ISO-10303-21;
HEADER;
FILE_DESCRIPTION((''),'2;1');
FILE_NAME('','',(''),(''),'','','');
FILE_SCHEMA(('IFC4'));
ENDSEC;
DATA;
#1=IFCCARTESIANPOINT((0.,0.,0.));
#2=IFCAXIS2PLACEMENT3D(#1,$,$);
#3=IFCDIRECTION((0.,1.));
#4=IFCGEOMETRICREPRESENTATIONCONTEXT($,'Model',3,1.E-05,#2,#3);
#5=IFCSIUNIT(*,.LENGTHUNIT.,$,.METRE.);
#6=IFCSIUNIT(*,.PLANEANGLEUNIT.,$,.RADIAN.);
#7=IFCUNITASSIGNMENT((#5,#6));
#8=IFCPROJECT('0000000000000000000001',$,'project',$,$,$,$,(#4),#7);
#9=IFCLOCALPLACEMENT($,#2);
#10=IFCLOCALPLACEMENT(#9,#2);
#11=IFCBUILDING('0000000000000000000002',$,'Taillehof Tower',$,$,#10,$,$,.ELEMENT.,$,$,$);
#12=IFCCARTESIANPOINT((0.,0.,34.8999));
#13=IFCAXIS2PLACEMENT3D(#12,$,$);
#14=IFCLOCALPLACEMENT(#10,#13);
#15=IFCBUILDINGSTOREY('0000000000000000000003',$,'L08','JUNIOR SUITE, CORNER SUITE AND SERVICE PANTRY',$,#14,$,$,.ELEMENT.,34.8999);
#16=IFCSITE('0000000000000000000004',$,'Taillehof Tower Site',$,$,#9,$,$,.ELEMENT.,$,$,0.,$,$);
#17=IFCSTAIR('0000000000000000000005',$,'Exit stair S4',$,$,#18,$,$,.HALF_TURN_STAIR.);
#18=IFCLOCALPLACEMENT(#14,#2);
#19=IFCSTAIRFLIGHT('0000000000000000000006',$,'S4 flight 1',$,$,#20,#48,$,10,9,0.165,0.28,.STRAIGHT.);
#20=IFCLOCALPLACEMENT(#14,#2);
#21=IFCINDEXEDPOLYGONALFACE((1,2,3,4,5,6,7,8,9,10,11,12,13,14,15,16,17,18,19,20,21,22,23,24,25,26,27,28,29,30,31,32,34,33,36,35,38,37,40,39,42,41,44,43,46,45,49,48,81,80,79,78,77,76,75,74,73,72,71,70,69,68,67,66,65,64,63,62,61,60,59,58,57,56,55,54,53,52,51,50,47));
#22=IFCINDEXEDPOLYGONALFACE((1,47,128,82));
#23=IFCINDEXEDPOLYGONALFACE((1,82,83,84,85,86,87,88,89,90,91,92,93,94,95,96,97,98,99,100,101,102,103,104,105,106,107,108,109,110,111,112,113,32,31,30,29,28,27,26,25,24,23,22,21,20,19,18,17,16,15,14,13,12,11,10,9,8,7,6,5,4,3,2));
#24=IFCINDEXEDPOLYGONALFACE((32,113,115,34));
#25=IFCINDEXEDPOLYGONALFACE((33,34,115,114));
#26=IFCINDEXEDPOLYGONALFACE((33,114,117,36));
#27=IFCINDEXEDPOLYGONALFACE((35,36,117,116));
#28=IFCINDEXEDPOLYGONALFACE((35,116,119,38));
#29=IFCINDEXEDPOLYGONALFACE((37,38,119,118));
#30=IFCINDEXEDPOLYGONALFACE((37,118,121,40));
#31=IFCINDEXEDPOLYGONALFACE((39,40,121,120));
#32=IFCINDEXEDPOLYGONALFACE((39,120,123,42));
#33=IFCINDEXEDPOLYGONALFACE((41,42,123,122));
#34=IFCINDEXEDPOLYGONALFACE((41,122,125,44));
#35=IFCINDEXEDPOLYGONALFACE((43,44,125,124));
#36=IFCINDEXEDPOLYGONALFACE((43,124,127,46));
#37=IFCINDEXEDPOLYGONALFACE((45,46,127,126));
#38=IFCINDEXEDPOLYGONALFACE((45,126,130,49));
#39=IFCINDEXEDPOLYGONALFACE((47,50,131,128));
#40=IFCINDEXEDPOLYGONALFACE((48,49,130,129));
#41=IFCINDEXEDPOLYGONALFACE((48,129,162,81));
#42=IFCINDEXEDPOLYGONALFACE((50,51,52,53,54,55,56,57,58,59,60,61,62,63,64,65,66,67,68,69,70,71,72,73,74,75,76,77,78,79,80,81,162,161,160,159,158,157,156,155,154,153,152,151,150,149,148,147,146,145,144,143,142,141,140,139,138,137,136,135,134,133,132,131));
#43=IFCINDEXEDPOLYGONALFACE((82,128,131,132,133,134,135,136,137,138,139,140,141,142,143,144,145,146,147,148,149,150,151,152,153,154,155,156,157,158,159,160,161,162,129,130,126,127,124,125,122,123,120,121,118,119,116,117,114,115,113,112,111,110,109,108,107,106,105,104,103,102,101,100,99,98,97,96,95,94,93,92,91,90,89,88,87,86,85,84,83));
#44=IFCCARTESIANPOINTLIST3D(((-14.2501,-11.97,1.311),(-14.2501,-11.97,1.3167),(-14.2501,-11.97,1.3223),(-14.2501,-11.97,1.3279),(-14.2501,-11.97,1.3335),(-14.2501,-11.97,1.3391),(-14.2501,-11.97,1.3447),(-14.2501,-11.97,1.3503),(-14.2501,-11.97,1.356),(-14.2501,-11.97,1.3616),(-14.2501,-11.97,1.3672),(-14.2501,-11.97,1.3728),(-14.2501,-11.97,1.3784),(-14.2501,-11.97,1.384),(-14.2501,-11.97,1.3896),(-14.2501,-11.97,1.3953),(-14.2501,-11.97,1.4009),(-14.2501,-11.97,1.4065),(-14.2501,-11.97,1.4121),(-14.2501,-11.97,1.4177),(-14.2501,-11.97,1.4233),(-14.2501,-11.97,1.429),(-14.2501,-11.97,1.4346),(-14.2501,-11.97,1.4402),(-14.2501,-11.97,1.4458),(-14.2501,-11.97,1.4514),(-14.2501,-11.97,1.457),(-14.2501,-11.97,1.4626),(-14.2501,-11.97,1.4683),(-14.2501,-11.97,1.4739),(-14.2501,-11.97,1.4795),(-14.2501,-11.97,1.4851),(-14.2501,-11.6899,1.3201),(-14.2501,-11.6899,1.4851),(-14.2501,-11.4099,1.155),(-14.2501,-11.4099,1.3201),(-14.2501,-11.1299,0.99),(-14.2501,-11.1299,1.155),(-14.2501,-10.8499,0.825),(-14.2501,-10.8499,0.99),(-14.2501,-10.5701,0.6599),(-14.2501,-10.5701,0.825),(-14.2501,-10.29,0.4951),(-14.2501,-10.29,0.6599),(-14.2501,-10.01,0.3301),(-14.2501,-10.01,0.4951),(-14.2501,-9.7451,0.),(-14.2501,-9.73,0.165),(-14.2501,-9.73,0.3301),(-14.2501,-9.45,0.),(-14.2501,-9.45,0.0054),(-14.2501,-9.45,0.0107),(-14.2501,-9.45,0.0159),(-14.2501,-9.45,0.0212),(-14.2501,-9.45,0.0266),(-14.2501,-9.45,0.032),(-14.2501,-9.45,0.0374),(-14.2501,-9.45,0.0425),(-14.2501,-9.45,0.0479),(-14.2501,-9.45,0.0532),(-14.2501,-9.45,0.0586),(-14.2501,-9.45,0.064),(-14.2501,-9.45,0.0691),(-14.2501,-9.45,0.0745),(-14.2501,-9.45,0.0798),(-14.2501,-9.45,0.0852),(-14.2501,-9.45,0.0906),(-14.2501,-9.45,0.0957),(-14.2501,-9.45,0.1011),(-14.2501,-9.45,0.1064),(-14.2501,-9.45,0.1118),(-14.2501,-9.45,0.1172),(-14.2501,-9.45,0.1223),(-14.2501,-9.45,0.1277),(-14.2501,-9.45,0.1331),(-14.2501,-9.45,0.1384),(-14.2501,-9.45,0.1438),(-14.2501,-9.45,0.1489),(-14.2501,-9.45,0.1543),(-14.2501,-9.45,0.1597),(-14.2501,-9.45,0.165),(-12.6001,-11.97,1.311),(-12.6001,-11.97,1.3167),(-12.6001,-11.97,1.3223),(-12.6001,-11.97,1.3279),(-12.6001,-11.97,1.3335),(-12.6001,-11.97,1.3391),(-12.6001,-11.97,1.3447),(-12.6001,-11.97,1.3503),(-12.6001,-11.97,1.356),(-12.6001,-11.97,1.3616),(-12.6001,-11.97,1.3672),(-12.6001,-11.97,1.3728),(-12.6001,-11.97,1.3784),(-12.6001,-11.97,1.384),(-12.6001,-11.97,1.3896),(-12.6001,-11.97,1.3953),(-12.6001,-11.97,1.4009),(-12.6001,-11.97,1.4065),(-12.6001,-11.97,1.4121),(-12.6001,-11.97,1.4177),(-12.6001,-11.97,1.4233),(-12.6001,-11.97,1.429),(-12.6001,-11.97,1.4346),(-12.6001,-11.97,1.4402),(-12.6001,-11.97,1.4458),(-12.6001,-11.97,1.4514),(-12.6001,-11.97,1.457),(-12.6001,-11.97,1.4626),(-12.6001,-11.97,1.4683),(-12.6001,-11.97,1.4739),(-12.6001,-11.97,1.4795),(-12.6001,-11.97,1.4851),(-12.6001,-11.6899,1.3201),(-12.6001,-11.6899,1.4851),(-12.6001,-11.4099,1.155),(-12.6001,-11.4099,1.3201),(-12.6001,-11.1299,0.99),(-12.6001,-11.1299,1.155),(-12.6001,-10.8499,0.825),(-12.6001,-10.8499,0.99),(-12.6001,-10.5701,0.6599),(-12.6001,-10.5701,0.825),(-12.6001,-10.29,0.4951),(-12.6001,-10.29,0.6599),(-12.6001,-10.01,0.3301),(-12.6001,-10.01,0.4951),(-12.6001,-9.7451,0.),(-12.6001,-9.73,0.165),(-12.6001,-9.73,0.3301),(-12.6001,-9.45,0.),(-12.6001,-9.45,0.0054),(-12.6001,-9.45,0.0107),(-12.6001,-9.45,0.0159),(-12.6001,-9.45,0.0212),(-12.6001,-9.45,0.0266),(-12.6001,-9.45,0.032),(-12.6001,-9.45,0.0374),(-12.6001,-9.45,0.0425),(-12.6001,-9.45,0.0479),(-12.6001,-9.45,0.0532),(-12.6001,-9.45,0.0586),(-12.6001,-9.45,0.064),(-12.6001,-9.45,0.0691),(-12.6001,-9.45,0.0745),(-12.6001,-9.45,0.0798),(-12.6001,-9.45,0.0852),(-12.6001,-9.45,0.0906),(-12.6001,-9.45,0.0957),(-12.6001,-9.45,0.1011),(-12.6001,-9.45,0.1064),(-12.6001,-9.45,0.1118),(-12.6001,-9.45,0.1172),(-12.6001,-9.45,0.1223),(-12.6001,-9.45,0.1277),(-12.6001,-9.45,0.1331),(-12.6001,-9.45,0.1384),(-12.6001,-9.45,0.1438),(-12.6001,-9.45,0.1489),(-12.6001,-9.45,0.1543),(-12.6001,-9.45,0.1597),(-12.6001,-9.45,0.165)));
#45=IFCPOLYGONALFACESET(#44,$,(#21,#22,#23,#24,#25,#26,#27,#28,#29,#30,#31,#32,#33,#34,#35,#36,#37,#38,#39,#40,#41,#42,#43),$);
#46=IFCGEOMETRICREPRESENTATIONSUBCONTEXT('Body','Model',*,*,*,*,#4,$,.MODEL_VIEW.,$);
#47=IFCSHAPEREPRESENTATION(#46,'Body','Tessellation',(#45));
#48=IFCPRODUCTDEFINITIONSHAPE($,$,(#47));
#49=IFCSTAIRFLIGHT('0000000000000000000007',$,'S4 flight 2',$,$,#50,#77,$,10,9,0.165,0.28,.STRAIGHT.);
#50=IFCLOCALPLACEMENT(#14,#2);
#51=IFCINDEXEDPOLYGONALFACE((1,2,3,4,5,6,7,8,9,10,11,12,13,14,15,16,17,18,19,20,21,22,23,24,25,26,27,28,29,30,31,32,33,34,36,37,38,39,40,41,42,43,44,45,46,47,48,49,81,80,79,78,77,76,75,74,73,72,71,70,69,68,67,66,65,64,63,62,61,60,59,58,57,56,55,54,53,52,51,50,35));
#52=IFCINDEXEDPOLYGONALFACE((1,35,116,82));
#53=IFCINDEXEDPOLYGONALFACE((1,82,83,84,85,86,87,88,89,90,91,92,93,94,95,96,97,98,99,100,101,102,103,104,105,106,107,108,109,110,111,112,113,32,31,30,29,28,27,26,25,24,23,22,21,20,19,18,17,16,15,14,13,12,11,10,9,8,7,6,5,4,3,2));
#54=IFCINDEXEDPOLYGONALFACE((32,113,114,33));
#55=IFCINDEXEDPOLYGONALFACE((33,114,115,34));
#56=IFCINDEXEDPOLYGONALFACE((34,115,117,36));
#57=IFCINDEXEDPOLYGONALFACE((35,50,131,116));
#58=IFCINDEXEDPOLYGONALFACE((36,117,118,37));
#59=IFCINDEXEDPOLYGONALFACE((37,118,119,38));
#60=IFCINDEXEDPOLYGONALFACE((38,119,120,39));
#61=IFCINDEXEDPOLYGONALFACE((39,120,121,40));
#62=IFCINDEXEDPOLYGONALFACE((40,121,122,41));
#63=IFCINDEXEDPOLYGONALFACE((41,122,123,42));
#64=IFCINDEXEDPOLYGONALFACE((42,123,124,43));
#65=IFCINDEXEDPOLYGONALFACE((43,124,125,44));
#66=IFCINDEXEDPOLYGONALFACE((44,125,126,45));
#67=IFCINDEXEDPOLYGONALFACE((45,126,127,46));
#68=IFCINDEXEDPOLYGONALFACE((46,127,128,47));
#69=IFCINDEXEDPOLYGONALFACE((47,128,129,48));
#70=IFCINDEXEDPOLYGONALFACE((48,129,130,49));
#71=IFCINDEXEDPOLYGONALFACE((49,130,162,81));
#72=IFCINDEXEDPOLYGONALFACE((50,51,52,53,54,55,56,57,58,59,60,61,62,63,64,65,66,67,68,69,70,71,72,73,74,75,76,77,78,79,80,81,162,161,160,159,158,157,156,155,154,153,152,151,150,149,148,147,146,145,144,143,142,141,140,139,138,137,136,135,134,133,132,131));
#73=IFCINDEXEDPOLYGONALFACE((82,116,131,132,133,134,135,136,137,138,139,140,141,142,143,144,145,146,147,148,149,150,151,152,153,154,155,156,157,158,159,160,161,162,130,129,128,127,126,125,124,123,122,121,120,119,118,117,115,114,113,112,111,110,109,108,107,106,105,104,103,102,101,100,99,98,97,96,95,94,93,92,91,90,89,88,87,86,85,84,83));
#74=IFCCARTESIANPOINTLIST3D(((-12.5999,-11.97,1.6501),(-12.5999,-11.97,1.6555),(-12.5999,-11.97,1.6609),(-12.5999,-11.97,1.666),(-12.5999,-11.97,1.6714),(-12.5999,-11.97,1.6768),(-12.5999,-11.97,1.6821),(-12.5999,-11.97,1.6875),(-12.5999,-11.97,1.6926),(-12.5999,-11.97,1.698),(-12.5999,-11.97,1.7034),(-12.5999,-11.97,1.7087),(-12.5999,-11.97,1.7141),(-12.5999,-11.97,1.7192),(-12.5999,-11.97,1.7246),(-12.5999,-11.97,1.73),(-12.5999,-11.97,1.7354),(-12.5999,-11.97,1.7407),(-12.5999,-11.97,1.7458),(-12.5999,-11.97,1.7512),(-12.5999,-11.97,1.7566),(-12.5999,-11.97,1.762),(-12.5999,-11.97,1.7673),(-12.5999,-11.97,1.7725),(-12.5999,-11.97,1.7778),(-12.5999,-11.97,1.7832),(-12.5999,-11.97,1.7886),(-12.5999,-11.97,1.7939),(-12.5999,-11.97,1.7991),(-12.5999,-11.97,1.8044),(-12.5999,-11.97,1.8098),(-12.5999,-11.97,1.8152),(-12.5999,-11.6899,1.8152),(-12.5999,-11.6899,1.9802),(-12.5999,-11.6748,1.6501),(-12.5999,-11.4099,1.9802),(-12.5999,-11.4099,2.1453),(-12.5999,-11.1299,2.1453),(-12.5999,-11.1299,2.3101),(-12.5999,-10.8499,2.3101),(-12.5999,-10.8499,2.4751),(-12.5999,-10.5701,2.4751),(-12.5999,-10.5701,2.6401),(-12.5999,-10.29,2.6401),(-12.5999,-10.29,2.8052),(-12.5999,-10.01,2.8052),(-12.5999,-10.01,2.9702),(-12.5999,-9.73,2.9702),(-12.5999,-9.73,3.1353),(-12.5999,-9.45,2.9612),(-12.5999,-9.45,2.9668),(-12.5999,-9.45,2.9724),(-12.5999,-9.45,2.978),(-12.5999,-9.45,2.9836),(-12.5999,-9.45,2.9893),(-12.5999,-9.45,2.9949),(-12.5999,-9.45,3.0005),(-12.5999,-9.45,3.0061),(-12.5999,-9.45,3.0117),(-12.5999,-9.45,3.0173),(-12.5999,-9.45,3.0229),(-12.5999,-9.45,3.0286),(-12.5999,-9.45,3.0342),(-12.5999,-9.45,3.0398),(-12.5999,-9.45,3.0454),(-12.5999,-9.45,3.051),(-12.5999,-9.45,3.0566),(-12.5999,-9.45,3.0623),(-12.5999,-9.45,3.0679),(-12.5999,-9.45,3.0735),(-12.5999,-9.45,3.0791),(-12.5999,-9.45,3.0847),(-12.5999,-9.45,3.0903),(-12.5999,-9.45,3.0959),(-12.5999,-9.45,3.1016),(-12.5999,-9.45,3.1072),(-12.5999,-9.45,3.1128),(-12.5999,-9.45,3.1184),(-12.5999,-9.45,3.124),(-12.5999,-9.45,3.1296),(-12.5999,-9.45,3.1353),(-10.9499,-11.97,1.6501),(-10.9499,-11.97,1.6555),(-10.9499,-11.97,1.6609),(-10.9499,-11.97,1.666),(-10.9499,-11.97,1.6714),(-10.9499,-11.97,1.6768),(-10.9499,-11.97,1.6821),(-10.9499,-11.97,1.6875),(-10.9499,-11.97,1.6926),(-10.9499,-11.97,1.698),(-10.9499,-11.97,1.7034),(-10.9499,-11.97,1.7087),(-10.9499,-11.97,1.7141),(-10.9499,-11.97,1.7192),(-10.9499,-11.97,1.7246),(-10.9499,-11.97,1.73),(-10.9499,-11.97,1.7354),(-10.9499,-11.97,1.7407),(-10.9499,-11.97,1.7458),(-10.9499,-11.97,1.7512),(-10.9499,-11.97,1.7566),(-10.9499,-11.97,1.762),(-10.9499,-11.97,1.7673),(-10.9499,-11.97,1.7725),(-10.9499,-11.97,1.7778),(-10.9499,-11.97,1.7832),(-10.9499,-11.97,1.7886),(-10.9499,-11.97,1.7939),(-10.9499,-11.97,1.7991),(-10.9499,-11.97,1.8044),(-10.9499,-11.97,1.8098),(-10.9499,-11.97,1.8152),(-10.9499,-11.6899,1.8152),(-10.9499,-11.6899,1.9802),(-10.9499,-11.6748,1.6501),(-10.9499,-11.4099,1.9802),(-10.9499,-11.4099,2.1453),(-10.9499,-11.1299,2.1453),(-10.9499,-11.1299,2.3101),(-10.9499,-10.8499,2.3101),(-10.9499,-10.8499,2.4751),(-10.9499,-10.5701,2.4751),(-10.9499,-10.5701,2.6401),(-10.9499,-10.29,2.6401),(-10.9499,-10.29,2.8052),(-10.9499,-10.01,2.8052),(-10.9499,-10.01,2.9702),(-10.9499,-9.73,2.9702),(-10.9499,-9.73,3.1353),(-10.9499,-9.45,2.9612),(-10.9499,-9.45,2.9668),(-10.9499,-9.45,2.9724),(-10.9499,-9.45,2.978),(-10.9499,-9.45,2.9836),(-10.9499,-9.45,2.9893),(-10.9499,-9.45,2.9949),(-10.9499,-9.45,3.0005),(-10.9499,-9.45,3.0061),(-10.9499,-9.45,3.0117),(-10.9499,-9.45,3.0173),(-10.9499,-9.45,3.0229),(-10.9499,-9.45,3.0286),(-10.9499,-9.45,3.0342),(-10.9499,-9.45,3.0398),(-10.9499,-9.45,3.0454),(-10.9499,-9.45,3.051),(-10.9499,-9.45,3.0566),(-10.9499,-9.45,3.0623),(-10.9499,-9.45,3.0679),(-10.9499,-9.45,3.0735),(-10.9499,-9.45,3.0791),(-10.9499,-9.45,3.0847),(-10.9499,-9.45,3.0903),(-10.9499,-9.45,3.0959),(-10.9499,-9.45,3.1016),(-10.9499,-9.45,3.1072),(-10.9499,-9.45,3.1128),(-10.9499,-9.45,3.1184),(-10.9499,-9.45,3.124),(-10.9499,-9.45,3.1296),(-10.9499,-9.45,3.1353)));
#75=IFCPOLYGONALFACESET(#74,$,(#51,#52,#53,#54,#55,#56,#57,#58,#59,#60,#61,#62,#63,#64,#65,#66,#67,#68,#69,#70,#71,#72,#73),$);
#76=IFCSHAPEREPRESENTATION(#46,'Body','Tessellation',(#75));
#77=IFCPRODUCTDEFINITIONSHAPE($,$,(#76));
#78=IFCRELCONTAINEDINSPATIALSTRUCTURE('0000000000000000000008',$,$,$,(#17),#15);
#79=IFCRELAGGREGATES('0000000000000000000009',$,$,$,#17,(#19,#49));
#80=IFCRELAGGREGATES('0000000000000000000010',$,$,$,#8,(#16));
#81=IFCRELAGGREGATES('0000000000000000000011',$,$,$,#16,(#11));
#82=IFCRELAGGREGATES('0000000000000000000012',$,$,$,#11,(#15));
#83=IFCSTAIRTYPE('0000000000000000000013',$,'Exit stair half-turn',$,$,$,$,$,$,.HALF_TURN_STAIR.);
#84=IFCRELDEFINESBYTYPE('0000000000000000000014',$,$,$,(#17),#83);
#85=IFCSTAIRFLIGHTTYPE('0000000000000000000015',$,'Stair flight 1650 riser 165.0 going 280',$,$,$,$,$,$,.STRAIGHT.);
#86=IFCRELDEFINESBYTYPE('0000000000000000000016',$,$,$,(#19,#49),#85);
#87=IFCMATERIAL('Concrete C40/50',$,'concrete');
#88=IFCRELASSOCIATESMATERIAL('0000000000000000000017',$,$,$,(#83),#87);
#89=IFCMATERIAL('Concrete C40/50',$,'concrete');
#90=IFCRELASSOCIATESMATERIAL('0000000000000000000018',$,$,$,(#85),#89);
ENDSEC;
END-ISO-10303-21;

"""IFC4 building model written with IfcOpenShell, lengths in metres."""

from ifc_helpers import new_model, si_unit, direction, frame, origin, place, context, subcontext, project, spatial, polyline, outline, extrude, material, type_object, element, aggregate, save


model = new_model("IFC4")

# Units and contexts
model_context = context("Model", 3, precision=1e-05, world=origin(), true_north=direction((0.0, 1.0)))
body_context = subcontext(model_context, "Body", "Model", "MODEL_VIEW")
ifc_project = project(units=[si_unit("LENGTHUNIT", "METRE"), si_unit("PLANEANGLEUNIT", "RADIAN")], contexts=[model_context])

# Site, building, storey
site_placement = place(None, origin())
site = spatial("IfcSite", under=ifc_project, at=site_placement, Name="Taillehof Tower Site", CompositionType="ELEMENT", RefElevation=0.0)
building_placement = place(site_placement, origin())
building = spatial("IfcBuilding", under=site, at=building_placement, Name="Taillehof Tower", CompositionType="ELEMENT")
storey_placement = place(building_placement, frame((0.0, 0.0, 34.8999)))
storey = spatial("IfcBuildingStorey", under=building, at=storey_placement, Name="L08", Description="JUNIOR SUITE, CORNER SUITE AND SERVICE PANTRY", CompositionType="ELEMENT", Elevation=34.8999)

# Stair, stair flights
ifc_material_1 = material(Name="Concrete C40/50", Category="concrete")
stair_type = type_object("IfcStairType", Name="Exit stair half-turn", PredefinedType="HALF_TURN_STAIR", material=ifc_material_1)
stair_placement = place(storey_placement, origin())
stair = element("IfcStair", 1, at=stair_placement, inside=storey, type_object=stair_type, Name="Exit stair S4", PredefinedType="HALF_TURN_STAIR")
ifc_material_2 = material(Name="Concrete C40/50", Category="concrete")
stair_flight_type = type_object("IfcStairFlightType", Name="Stair flight 1650 riser 165.0 going 280", PredefinedType="STRAIGHT", material=ifc_material_2)
stair_flight_1_placement = place(storey_placement, frame((-13.425, -9.45, 0.0), z_axis=(0.0, 0.0, 1.0), x_axis=(0.0, -1.0, 0.0)))
stair_flight_1 = element("IfcStairFlight", 2, at=stair_flight_1_placement, type_object=stair_flight_type, Name="S4 flight 1", NumberOfRisers=10, NumberOfTreads=9, PredefinedType="STRAIGHT", RiserHeight=0.165, TreadLength=0.28, context=body_context, shape_type="SweptSolid", body=[
    extrude(outline(polyline([(0.0, 0.0), (0.0, 0.0054), (0.0, 0.0107), (0.0, 0.0159), (0.0, 0.0212), (0.0, 0.0266), (0.0, 0.032), (0.0, 0.0374), (0.0, 0.0425), (0.0, 0.0479), (0.0, 0.0532), (0.0, 0.0586), (0.0, 0.064), (0.0, 0.0691), (0.0, 0.0745), (0.0, 0.0798), (0.0, 0.0852), (0.0, 0.0906), (0.0, 0.0957), (0.0, 0.1011), (0.0, 0.1064), (0.0, 0.1118), (0.0, 0.1172), (0.0, 0.1223), (0.0, 0.1277), (0.0, 0.1331), (0.0, 0.1384), (0.0, 0.1438), (0.0, 0.1489), (0.0, 0.1543), (0.0, 0.1597), (0.0, 0.165), (0.28, 0.165), (0.28, 0.3301), (0.5601, 0.3301), (0.5601, 0.4951), (0.8401, 0.4951), (0.8401, 0.6599), (1.1201, 0.6599), (1.1201, 0.825), (1.3999, 0.825), (1.3999, 0.99), (1.6799, 0.99), (1.6799, 1.155), (1.96, 1.155), (1.96, 1.3201), (2.24, 1.3201), (2.24, 1.4851), (2.52, 1.4851), (2.52, 1.4795), (2.52, 1.4739), (2.52, 1.4683), (2.52, 1.4626), (2.52, 1.457), (2.52, 1.4514), (2.52, 1.4458), (2.52, 1.4402), (2.52, 1.4346), (2.52, 1.429), (2.52, 1.4233), (2.52, 1.4177), (2.52, 1.4121), (2.52, 1.4065), (2.52, 1.4009), (2.52, 1.3953), (2.52, 1.3896), (2.52, 1.384), (2.52, 1.3784), (2.52, 1.3728), (2.52, 1.3672), (2.52, 1.3616), (2.52, 1.356), (2.52, 1.3503), (2.52, 1.3447), (2.52, 1.3391), (2.52, 1.3335), (2.52, 1.3279), (2.52, 1.3223), (2.52, 1.3167), (2.52, 1.311), (0.2952, 0.0), (0.0, 0.0)])), frame((0.0, 0.825, 0.0), z_axis=(0.0, -1.0, 0.0), x_axis=(1.0, 0.0, 0.0)), (0.0, 0.0, 1.0), 1.65),
])
stair_flight_2_placement = place(storey_placement, frame((-11.7749, -11.97, 1.6501), z_axis=(0.0, 0.0, 1.0), x_axis=(0.0, 1.0, 0.0)))
stair_flight_2 = element("IfcStairFlight", 3, at=stair_flight_2_placement, type_object=stair_flight_type, Name="S4 flight 2", NumberOfRisers=10, NumberOfTreads=9, PredefinedType="STRAIGHT", RiserHeight=0.165, TreadLength=0.28, context=body_context, shape_type="SweptSolid", body=[
    extrude(outline(polyline([(0.0, 0.0), (0.0, 0.0054), (0.0, 0.0107), (0.0, 0.0159), (0.0, 0.0212), (0.0, 0.0266), (0.0, 0.032), (0.0, 0.0374), (0.0, 0.0425), (0.0, 0.0479), (0.0, 0.0532), (0.0, 0.0586), (0.0, 0.064), (0.0, 0.0691), (0.0, 0.0745), (0.0, 0.0798), (0.0, 0.0852), (0.0, 0.0906), (0.0, 0.0957), (0.0, 0.1011), (0.0, 0.1064), (0.0, 0.1118), (0.0, 0.1172), (0.0, 0.1223), (0.0, 0.1277), (0.0, 0.1331), (0.0, 0.1384), (0.0, 0.1438), (0.0, 0.1489), (0.0, 0.1543), (0.0, 0.1597), (0.0, 0.165), (0.28, 0.165), (0.28, 0.3301), (0.5601, 0.3301), (0.5601, 0.4951), (0.8401, 0.4951), (0.8401, 0.6599), (1.1201, 0.6599), (1.1201, 0.825), (1.3999, 0.825), (1.3999, 0.99), (1.6799, 0.99), (1.6799, 1.155), (1.96, 1.155), (1.96, 1.3201), (2.24, 1.3201), (2.24, 1.4851), (2.52, 1.4851), (2.52, 1.4795), (2.52, 1.4739), (2.52, 1.4683), (2.52, 1.4626), (2.52, 1.457), (2.52, 1.4514), (2.52, 1.4458), (2.52, 1.4402), (2.52, 1.4346), (2.52, 1.429), (2.52, 1.4233), (2.52, 1.4177), (2.52, 1.4121), (2.52, 1.4065), (2.52, 1.4009), (2.52, 1.3953), (2.52, 1.3896), (2.52, 1.384), (2.52, 1.3784), (2.52, 1.3728), (2.52, 1.3672), (2.52, 1.3616), (2.52, 1.356), (2.52, 1.3503), (2.52, 1.3447), (2.52, 1.3391), (2.52, 1.3335), (2.52, 1.3279), (2.52, 1.3223), (2.52, 1.3167), (2.52, 1.311), (0.2952, 0.0), (0.0, 0.0)])), frame((0.0, 0.825, 0.0), z_axis=(0.0, -1.0, 0.0), x_axis=(1.0, 0.0, 0.0)), (0.0, 0.0, 1.0), 1.65),
])
aggregate(stair, [stair_flight_1, stair_flight_2])

save(model, "model.ifc")
